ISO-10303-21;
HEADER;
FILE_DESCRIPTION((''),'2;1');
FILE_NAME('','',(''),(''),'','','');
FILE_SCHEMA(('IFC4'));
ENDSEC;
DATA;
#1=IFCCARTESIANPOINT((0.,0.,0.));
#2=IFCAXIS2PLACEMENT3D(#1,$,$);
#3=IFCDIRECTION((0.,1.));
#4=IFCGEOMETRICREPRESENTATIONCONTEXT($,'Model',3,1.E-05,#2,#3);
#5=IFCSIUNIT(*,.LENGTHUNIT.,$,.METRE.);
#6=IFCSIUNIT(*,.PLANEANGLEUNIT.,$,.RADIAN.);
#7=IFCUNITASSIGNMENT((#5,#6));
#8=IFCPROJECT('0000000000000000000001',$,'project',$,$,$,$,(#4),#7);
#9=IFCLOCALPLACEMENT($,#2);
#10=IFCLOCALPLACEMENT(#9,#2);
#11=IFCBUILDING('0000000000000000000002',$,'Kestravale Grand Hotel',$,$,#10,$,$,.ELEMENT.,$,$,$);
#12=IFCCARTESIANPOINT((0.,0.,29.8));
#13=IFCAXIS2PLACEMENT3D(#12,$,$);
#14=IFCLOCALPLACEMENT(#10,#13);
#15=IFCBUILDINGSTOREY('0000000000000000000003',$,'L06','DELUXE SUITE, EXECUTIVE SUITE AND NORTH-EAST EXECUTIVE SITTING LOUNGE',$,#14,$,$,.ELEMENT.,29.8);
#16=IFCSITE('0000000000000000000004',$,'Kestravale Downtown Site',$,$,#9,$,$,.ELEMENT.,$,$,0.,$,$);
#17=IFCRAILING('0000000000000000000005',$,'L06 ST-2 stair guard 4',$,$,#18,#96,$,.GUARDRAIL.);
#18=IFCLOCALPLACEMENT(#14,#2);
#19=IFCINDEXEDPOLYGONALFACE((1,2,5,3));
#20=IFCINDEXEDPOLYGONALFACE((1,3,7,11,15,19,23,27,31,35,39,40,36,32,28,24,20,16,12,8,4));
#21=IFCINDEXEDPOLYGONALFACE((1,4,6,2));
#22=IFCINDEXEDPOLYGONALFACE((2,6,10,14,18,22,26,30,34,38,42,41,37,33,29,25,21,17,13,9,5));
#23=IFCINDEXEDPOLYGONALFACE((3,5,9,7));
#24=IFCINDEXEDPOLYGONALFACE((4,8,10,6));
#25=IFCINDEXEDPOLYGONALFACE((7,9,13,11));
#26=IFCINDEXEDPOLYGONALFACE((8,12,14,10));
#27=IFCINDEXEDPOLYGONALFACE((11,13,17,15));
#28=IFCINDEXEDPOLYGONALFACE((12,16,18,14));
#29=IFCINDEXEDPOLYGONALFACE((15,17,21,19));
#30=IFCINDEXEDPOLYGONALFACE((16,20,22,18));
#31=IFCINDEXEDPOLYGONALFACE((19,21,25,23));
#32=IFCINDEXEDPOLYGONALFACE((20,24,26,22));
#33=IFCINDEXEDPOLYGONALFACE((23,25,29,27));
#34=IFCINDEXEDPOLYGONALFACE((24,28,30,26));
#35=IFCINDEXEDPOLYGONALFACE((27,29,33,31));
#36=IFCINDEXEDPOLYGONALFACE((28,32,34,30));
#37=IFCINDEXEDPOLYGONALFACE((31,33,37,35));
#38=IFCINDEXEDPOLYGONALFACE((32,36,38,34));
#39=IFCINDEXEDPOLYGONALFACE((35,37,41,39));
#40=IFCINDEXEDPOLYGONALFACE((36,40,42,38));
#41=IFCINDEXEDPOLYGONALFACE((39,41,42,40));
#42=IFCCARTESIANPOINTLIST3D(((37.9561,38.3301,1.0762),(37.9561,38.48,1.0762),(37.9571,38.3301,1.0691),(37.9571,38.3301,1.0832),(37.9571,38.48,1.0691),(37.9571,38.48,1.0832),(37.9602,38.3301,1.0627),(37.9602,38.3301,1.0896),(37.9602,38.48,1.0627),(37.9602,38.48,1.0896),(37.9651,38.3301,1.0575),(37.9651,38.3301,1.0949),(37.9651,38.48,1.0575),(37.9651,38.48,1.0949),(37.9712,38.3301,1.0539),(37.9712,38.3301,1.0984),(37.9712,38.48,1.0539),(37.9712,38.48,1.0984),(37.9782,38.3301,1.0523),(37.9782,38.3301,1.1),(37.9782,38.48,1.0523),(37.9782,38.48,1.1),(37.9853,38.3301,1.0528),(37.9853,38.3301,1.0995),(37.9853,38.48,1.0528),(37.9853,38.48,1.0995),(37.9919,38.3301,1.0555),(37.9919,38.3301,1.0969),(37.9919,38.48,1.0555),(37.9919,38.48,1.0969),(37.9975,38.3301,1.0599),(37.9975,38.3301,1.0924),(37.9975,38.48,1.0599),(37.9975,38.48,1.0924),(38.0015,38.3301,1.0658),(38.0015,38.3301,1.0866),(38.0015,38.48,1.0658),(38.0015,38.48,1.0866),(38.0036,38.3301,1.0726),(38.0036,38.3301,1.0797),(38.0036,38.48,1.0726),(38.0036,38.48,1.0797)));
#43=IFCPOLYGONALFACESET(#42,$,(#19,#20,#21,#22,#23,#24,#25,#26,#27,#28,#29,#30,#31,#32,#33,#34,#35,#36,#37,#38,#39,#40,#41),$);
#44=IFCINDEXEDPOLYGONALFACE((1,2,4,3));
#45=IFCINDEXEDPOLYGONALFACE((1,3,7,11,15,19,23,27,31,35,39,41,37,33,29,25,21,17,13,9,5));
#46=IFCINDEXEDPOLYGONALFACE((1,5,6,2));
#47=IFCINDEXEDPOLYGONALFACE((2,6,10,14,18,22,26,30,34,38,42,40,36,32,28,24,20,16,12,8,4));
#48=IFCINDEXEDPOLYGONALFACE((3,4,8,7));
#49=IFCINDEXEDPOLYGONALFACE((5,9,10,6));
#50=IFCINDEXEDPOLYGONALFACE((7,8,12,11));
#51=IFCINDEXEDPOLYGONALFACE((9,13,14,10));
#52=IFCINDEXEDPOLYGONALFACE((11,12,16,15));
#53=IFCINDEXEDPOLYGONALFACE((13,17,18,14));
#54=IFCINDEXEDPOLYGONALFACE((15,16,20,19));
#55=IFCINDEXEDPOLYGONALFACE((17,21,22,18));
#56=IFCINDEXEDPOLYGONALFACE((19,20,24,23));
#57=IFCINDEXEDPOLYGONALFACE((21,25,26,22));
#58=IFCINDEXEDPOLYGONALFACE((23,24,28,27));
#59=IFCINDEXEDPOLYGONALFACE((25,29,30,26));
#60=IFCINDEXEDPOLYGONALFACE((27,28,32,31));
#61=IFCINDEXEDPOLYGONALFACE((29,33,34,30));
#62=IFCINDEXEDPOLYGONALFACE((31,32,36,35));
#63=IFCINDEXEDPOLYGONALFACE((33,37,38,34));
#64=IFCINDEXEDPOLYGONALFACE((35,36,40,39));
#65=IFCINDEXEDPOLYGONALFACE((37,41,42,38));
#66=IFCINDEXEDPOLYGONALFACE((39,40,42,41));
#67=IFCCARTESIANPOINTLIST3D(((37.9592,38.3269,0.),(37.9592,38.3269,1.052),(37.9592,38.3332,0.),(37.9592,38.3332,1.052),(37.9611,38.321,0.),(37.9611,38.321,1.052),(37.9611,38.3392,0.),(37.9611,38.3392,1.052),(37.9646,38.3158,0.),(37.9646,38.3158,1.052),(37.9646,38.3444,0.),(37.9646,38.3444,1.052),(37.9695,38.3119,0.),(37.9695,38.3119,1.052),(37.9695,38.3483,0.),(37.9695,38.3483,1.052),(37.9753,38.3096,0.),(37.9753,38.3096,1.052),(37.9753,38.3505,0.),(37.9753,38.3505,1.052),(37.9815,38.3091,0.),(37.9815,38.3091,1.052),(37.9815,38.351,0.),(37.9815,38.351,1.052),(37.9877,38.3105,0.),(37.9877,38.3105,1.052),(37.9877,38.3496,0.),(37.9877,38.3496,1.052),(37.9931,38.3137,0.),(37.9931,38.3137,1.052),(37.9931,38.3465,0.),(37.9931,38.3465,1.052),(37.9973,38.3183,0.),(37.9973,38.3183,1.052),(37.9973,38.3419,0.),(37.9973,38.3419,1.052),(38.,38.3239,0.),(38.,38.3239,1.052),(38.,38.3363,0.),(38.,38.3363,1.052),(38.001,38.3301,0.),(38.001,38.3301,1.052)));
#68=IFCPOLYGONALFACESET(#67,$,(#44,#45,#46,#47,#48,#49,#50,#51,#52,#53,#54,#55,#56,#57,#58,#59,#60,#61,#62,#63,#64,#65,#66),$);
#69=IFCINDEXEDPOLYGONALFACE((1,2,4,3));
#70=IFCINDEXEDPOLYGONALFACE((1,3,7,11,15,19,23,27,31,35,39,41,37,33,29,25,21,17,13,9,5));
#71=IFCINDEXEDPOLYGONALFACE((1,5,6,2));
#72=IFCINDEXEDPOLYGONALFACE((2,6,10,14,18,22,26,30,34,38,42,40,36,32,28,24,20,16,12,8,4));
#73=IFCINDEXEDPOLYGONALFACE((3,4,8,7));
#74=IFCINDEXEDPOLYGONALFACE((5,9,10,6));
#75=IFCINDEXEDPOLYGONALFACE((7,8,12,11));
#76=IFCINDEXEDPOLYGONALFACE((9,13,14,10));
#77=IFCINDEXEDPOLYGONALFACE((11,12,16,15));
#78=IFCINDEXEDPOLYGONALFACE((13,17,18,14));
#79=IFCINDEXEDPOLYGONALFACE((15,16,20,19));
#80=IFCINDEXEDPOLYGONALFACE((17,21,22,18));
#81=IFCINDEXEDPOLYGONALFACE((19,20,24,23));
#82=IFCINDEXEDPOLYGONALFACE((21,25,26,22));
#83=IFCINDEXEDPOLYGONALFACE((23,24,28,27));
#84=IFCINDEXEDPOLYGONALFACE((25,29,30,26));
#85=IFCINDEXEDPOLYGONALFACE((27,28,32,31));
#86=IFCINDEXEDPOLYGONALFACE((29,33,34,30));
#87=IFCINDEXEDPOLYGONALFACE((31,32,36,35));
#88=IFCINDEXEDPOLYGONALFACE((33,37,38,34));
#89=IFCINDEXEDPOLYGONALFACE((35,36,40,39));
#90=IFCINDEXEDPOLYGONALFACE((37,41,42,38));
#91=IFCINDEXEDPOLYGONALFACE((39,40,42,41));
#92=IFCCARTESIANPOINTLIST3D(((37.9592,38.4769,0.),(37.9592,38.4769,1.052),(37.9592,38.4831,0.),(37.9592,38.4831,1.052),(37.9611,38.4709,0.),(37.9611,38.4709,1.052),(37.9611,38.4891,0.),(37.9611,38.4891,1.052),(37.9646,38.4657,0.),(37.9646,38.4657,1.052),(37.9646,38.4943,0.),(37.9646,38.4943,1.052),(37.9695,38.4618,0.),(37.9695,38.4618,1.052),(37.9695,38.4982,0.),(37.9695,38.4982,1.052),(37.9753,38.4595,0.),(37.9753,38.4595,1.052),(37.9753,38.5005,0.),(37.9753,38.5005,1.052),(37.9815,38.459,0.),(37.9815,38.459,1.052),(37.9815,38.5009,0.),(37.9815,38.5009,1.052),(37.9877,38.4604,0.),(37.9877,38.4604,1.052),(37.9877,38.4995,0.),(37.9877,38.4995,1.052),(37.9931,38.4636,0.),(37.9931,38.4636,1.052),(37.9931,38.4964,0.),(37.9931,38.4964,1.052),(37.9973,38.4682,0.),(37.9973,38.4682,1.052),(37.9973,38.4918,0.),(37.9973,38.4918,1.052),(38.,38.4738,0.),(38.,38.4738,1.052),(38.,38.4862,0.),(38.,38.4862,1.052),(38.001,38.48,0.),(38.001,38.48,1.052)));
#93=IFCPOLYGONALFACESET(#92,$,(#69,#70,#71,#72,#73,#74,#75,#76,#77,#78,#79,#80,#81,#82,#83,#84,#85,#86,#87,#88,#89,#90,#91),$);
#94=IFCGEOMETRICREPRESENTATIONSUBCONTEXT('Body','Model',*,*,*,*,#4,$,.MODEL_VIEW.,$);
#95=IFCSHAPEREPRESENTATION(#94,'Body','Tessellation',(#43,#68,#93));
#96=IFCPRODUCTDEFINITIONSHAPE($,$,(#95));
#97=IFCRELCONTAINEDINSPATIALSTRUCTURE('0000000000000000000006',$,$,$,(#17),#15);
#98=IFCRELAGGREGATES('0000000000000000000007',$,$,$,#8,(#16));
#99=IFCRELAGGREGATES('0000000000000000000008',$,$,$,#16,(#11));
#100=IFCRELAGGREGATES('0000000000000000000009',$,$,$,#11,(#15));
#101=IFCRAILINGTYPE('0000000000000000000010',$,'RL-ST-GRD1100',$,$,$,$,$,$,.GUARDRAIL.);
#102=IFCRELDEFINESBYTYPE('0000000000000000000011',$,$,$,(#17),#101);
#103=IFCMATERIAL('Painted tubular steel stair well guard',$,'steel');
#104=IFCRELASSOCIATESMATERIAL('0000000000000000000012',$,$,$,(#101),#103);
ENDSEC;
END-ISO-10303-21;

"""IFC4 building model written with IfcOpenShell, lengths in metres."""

from ifc_helpers import new_model, si_unit, direction, frame, origin, origin_2d, place, context, subcontext, project, spatial, circle, extrude, material, type_object, element, save


model = new_model("IFC4")

# Units and contexts
model_context = context("Model", 3, precision=1e-05, world=origin(), true_north=direction((0.0, 1.0)))
body_context = subcontext(model_context, "Body", "Model", "MODEL_VIEW")
ifc_project = project(units=[si_unit("LENGTHUNIT", "METRE"), si_unit("PLANEANGLEUNIT", "RADIAN")], contexts=[model_context])

# Site, building, storey
site_placement = place(None, origin())
site = spatial("IfcSite", under=ifc_project, at=site_placement, Name="Kestravale Downtown Site", CompositionType="ELEMENT", RefElevation=0.0)
building_placement = place(site_placement, origin())
building = spatial("IfcBuilding", under=site, at=building_placement, Name="Kestravale Grand Hotel", CompositionType="ELEMENT")
storey_placement = place(building_placement, frame((0.0, 0.0, 29.8)))
storey = spatial("IfcBuildingStorey", under=building, at=storey_placement, Name="L06", Description="DELUXE SUITE, EXECUTIVE SUITE AND NORTH-EAST EXECUTIVE SITTING LOUNGE", CompositionType="ELEMENT", Elevation=29.8)

# Railing
ifc_material_1 = material(Name="Painted tubular steel stair well guard", Category="steel")
railing_type_1 = type_object("IfcRailingType", Name="RL-ST-GRD1100", PredefinedType="GUARDRAIL", material=ifc_material_1)
railing_1_placement = place(storey_placement, frame((37.98, 38.3301, 0.0)))
element("IfcRailing", 1, at=railing_1_placement, inside=storey, type_object=railing_type_1, Name="L06 ST-2 stair guard 4", PredefinedType="GUARDRAIL", context=body_context, shape_type="SweptSolid", body=[
    extrude(circle(Radius=0.0239, at=origin_2d()), frame((0.0, 0.0, 1.0762), z_axis=(0.0, 1.0, 0.0), x_axis=(-1.0, 0.0, 0.0)), (0.0, 0.0, 1.0), 0.1499),
    extrude(circle(Radius=0.021, at=origin_2d()), origin(), (0.0, 0.0, 1.0), 1.052),
    extrude(circle(Radius=0.021, at=origin_2d()), frame((0.0, 0.1499, 0.0)), (0.0, 0.0, 1.0), 1.052),
])

save(model, "model.ifc")
